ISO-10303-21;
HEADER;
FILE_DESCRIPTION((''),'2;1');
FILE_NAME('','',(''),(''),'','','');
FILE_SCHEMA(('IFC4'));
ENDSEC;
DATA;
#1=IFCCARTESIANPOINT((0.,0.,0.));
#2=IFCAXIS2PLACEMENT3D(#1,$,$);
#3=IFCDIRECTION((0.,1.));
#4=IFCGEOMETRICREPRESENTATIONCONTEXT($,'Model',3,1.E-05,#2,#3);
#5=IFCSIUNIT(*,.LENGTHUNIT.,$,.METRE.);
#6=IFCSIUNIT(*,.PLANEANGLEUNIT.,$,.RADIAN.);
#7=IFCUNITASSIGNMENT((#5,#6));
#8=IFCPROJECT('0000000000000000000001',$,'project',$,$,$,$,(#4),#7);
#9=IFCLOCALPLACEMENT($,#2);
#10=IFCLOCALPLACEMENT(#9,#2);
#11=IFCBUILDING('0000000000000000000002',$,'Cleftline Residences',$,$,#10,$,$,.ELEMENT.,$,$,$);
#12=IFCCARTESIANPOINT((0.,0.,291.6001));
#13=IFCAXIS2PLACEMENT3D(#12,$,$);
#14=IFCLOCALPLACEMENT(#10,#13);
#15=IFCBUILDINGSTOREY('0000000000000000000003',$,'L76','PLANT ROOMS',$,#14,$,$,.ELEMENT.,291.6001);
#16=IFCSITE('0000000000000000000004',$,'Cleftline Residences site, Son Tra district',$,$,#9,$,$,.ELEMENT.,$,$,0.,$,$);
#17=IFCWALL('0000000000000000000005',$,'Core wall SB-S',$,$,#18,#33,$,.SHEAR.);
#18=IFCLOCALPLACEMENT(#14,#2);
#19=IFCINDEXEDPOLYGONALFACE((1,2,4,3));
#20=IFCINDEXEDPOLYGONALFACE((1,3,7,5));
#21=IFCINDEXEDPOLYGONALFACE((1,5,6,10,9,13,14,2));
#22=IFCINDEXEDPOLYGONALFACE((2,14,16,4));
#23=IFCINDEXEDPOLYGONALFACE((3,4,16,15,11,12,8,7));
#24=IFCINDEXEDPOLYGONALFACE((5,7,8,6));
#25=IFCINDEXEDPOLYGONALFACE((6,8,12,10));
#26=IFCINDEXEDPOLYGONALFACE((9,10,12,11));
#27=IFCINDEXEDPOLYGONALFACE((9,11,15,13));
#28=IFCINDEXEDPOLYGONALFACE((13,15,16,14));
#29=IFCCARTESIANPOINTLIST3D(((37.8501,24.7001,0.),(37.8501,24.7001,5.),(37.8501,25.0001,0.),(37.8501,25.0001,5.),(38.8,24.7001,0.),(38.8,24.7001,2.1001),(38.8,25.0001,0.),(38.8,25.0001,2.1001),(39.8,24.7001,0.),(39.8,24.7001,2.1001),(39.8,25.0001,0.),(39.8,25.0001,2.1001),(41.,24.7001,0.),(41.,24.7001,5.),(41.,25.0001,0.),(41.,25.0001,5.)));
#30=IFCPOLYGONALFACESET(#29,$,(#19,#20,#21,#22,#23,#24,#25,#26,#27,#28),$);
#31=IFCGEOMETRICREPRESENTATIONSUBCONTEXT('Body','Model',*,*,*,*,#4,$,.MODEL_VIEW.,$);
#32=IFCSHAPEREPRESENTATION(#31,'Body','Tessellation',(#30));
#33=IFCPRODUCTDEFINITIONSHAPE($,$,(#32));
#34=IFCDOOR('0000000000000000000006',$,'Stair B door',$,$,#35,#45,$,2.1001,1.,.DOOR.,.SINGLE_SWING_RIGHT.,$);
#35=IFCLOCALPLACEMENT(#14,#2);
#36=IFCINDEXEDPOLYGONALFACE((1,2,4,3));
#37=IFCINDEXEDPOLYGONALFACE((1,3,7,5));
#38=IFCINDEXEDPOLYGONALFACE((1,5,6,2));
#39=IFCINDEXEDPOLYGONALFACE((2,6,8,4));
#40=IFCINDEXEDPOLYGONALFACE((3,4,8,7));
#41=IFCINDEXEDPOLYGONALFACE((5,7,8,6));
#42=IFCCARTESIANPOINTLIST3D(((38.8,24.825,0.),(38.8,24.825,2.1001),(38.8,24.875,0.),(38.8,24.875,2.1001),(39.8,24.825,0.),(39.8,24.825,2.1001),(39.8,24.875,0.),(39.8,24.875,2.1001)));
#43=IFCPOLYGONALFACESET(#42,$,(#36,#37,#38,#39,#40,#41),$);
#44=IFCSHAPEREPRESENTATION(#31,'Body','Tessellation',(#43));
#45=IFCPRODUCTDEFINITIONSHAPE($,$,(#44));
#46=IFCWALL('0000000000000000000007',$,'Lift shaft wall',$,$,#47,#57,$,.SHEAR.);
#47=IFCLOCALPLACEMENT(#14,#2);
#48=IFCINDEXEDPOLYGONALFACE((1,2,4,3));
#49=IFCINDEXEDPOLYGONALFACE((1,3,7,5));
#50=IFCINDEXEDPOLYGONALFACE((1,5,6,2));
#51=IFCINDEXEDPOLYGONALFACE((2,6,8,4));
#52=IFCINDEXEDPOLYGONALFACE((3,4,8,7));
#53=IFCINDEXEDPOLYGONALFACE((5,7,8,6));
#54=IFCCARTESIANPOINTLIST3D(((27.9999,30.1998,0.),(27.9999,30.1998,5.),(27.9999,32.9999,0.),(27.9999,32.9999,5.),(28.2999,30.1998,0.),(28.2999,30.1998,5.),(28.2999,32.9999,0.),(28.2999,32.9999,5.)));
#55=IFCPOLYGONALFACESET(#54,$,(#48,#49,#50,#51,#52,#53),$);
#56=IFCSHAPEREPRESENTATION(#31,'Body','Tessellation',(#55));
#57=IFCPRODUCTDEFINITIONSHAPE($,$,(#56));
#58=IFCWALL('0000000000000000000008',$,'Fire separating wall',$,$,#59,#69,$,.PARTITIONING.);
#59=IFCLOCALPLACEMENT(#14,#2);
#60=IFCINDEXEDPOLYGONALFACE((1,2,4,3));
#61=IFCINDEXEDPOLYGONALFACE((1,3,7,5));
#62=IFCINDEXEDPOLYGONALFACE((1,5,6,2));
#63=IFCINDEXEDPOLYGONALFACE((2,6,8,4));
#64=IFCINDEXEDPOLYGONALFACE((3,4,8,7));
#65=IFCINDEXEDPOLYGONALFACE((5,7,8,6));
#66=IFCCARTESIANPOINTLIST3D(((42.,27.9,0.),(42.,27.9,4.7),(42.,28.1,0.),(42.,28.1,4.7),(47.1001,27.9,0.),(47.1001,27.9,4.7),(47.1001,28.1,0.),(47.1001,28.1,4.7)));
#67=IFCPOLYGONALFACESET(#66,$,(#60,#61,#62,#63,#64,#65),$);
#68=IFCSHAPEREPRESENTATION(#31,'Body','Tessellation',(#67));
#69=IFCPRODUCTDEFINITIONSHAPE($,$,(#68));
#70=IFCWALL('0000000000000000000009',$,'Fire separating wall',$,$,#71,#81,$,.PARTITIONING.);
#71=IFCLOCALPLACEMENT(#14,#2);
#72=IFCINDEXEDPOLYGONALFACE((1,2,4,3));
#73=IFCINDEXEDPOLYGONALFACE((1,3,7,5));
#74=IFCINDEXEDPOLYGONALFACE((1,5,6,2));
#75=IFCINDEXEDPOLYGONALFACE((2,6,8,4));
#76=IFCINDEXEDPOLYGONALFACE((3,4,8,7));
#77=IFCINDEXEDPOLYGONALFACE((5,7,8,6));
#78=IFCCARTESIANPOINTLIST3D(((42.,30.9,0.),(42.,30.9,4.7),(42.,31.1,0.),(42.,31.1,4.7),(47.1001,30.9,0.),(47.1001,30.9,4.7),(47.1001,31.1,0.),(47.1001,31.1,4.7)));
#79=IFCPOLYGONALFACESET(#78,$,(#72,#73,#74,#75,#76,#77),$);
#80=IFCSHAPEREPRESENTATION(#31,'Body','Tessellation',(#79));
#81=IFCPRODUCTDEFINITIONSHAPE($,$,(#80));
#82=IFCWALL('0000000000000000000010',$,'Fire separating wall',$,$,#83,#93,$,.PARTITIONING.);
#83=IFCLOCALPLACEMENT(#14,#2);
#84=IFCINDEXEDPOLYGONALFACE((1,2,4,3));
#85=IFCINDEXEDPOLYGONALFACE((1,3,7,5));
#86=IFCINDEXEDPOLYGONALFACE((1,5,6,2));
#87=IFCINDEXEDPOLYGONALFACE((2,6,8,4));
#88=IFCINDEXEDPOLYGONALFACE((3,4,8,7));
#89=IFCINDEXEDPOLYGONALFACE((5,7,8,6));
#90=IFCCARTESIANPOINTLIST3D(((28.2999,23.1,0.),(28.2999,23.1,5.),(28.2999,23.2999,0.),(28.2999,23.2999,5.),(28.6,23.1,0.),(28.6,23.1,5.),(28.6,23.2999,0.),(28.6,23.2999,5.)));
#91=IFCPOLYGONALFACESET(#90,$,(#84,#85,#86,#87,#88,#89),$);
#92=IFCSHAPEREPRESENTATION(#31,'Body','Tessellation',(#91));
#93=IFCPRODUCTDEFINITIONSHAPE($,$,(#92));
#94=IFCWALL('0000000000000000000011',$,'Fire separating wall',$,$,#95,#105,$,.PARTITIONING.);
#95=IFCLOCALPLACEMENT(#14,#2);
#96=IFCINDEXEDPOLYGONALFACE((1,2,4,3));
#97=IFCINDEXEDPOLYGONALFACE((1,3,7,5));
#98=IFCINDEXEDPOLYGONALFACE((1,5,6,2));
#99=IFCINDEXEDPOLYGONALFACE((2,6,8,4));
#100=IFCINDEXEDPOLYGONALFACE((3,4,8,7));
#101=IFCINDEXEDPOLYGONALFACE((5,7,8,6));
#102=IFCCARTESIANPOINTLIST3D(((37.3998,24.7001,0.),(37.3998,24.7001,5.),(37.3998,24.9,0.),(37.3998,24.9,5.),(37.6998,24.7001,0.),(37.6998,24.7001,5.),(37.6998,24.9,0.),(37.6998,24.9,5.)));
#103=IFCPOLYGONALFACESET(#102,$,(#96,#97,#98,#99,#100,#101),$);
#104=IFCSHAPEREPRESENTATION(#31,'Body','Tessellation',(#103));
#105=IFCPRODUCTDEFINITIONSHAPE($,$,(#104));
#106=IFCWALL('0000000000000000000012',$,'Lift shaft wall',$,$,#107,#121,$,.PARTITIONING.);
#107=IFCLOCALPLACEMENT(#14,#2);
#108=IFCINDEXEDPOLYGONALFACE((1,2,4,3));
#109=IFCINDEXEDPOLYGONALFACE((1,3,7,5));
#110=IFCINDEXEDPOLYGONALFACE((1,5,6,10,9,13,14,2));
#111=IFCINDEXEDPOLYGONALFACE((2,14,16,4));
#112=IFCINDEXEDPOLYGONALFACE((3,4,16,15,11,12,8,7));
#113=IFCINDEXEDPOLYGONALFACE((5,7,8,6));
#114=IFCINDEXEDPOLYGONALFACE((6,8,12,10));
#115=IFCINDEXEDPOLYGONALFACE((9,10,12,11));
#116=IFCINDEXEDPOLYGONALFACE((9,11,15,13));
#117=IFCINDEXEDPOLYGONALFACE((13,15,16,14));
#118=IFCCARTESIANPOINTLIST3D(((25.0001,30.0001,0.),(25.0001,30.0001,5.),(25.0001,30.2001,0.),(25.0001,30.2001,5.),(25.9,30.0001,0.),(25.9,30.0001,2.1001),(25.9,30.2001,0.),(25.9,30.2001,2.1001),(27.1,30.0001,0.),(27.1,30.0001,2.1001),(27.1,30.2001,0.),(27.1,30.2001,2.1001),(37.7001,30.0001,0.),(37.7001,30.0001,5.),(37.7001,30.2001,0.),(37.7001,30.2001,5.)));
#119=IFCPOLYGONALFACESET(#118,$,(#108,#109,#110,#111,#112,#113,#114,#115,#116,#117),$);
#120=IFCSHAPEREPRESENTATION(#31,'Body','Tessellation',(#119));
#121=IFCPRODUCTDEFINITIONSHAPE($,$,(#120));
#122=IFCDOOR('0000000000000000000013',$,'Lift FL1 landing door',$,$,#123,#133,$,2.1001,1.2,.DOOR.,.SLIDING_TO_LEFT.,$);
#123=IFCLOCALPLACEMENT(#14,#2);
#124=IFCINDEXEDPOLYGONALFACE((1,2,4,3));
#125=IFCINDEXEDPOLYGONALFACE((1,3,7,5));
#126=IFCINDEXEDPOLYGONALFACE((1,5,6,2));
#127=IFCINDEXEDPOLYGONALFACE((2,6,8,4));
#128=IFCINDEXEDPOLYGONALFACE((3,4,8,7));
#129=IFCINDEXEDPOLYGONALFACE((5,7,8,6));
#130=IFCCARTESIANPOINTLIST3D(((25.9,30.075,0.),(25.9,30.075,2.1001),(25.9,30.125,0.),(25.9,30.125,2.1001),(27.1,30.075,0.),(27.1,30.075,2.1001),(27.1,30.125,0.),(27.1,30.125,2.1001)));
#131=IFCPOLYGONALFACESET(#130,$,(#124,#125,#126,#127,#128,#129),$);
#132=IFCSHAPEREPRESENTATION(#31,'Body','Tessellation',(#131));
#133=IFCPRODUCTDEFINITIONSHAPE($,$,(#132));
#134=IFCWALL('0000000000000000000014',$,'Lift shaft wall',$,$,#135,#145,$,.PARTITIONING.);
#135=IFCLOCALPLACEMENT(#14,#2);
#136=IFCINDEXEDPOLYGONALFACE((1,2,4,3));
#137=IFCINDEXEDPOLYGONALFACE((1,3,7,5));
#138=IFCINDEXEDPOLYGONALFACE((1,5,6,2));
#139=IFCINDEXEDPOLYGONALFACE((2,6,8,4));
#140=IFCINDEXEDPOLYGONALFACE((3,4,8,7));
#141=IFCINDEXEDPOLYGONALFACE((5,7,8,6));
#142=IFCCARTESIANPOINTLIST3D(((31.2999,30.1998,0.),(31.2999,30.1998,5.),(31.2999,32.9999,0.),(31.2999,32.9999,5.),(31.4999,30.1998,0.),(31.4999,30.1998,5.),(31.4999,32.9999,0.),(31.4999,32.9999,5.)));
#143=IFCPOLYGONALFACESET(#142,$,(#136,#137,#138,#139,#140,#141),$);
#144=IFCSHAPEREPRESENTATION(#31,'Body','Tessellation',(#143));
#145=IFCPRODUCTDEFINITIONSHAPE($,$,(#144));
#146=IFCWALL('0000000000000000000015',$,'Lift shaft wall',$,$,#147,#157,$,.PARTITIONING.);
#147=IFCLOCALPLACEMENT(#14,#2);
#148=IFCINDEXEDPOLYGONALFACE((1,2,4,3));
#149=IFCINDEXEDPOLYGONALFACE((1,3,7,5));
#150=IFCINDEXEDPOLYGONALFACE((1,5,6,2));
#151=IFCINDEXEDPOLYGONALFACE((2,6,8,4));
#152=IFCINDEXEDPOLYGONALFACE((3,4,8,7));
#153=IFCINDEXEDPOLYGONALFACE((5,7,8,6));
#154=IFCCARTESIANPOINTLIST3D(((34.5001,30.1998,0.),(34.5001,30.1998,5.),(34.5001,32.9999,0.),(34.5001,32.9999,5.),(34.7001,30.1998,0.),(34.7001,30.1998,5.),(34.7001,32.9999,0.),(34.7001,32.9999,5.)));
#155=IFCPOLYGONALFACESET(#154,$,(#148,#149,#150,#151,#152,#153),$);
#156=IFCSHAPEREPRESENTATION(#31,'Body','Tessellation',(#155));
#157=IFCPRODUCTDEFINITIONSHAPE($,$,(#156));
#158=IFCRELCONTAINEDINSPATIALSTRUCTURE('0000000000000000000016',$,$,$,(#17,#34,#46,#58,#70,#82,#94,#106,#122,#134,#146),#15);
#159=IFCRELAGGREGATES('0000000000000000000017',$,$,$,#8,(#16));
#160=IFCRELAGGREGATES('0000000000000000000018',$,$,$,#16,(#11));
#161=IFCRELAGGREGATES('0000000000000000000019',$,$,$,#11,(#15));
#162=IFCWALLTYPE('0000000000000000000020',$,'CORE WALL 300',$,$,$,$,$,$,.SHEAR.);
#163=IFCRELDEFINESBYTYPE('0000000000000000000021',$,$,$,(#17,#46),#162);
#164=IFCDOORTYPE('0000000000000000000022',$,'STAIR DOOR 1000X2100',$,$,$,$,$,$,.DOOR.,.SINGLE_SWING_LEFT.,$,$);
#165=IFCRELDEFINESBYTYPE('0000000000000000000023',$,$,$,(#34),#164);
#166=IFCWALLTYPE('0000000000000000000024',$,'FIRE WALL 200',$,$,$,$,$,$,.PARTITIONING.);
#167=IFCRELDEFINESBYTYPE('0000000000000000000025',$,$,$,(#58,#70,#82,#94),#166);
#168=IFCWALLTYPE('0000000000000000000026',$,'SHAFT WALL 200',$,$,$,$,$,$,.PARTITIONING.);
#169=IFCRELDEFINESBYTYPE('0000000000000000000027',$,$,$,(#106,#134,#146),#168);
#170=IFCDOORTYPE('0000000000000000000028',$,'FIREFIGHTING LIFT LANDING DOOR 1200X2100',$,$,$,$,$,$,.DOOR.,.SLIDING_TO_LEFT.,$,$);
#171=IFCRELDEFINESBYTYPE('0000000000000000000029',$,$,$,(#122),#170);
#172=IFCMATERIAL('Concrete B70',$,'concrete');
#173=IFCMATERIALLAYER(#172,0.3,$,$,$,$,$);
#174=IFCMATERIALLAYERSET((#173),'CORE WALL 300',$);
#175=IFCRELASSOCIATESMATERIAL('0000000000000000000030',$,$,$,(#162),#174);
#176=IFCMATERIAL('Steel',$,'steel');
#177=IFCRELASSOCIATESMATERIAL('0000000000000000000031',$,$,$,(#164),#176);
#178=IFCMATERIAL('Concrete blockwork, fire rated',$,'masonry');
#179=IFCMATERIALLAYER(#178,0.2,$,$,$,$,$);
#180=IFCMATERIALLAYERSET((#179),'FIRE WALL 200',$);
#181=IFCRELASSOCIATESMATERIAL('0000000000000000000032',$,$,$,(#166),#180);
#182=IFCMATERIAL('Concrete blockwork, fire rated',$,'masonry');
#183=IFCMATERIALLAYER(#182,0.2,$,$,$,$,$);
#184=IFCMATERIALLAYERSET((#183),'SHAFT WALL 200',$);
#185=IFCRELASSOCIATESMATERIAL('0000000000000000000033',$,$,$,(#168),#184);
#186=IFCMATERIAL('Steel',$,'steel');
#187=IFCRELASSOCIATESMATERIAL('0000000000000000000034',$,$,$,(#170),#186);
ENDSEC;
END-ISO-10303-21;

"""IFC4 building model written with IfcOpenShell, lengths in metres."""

from ifc_helpers import new_model, si_unit, direction, frame, frame_2d, origin, place, context, subcontext, project, spatial, rectangle, extrude, material, layer, layer_set, type_object, element, fill, save


model = new_model("IFC4")

# Units and contexts
model_context = context("Model", 3, precision=1e-05, world=origin(), true_north=direction((0.0, 1.0)))
body_context = subcontext(model_context, "Body", "Model", "MODEL_VIEW")
ifc_project = project(units=[si_unit("LENGTHUNIT", "METRE"), si_unit("PLANEANGLEUNIT", "RADIAN")], contexts=[model_context])

# Site, building, storey
site_placement = place(None, origin())
site = spatial("IfcSite", under=ifc_project, at=site_placement, Name="Cleftline Residences site, Son Tra district", CompositionType="ELEMENT", RefElevation=0.0)
building_placement = place(site_placement, origin())
building = spatial("IfcBuilding", under=site, at=building_placement, Name="Cleftline Residences", CompositionType="ELEMENT")
storey_placement = place(building_placement, frame((0.0, 0.0, 291.6001)))
storey = spatial("IfcBuildingStorey", under=building, at=storey_placement, Name="L76", Description="PLANT ROOMS", CompositionType="ELEMENT", Elevation=291.6001)

# Shared definitions
ifc_material_1 = material(Name="Concrete B70", Category="concrete")
ifc_layer_1 = layer(ifc_material_1, 0.3)
ifc_layer_set_1 = layer_set([ifc_layer_1], Name="CORE WALL 300")
wall_type_1 = type_object("IfcWallType", Name="CORE WALL 300", PredefinedType="SHEAR", material=ifc_layer_set_1)
ifc_material_2 = material(Name="Steel", Category="steel")
door_type_1 = type_object("IfcDoorType", Name="STAIR DOOR 1000X2100", OperationType="SINGLE_SWING_LEFT", PredefinedType="DOOR", material=ifc_material_2)

# Wall, opening, door
wall_1_placement = place(storey_placement, frame((37.8501, 24.8501, 0.0), z_axis=(0.0, 0.0, 1.0), x_axis=(1.0, 0.0, 0.0)))
wall_1 = element("IfcWall", 1, at=wall_1_placement, inside=storey, type_object=wall_type_1, Name="Core wall SB-S", PredefinedType="SHEAR", context=body_context, shape_type="SweptSolid", body=[
    extrude(rectangle(XDim=3.1499, YDim=0.3, at=frame_2d((1.575, 0.0))), origin(), (0.0, 0.0, 1.0), 5.0),
])
opening_1_placement = place(wall_1_placement, frame((0.95, 0.0, 0.0)))
opening_1 = element("IfcOpeningElement", 2, at=opening_1_placement, cuts=wall_1, PredefinedType="OPENING", context=body_context, shape_type="SweptSolid", body=[
    extrude(rectangle(XDim=1.0, YDim=2.1001, at=frame_2d((0.5, 1.05))), frame((0.0, 0.1599, 0.0), z_axis=(0.0, -1.0, 0.0), x_axis=(1.0, 0.0, 0.0)), (0.0, 0.0, 1.0), 0.3201),
])
door_1_placement = place(opening_1_placement, origin())
door_1 = element("IfcDoor", 3, at=door_1_placement, inside=storey, type_object=door_type_1, Name="Stair B door", OperationType="SINGLE_SWING_RIGHT", OverallHeight=2.1001, OverallWidth=1.0, PredefinedType="DOOR", context=body_context, shape_type="SweptSolid", body=[
    extrude(rectangle(XDim=1.0, YDim=2.1001, at=frame_2d((0.5, 1.05))), frame((0.0, 0.0249, 0.0), z_axis=(0.0, -1.0, 0.0), x_axis=(1.0, 0.0, 0.0)), (0.0, 0.0, 1.0), 0.05),
])
fill(opening_1, door_1)

# Walls
wall_2_placement = place(storey_placement, frame((28.1499, 30.2, 0.0), z_axis=(0.0, 0.0, 1.0), x_axis=(0.0, 1.0, 0.0)))
element("IfcWall", 4, at=wall_2_placement, inside=storey, type_object=wall_type_1, Name="Lift shaft wall", PredefinedType="SHEAR", context=body_context, shape_type="SweptSolid", body=[
    extrude(rectangle(XDim=2.8, YDim=0.3, at=frame_2d((1.3999, 0.0))), origin(), (0.0, 0.0, 1.0), 5.0),
])
ifc_material_3 = material(Name="Concrete blockwork, fire rated", Category="masonry")
ifc_layer_2 = layer(ifc_material_3, 0.2)
ifc_layer_set_2 = layer_set([ifc_layer_2], Name="FIRE WALL 200")
wall_type_2 = type_object("IfcWallType", Name="FIRE WALL 200", PredefinedType="PARTITIONING", material=ifc_layer_set_2)
for number, where, z_axis, x_axis, name in (
    (5, (42.0, 28.0, 0.0), (0.0, 0.0, 1.0), (1.0, 0.0, 0.0), "Fire separating wall"),
    (6, (42.0, 31.0, 0.0), (0.0, 0.0, 1.0), (1.0, 0.0, 0.0), "Fire separating wall"),
):
    element("IfcWall", number, at=place(storey_placement, frame(where, z_axis=z_axis, x_axis=x_axis)), inside=storey, type_object=wall_type_2, Name=name, PredefinedType="PARTITIONING", context=body_context, shape_type="SweptSolid", body=[
        extrude(rectangle(XDim=5.1001, YDim=0.2, at=frame_2d((2.55, 0.0))), origin(), (0.0, 0.0, 1.0), 4.7),
    ])
for number, where, z_axis, x_axis, name in (
    (7, (28.3, 23.2, 0.0), (0.0, 0.0, 1.0), (1.0, 0.0, 0.0), "Fire separating wall"),
    (8, (37.3999, 24.8, 0.0), (0.0, 0.0, 1.0), (1.0, 0.0, 0.0), "Fire separating wall"),
):
    element("IfcWall", number, at=place(storey_placement, frame(where, z_axis=z_axis, x_axis=x_axis)), inside=storey, type_object=wall_type_2, Name=name, PredefinedType="PARTITIONING", context=body_context, shape_type="SweptSolid", body=[
        extrude(rectangle(XDim=0.3, YDim=0.2, at=frame_2d((0.1499, 0.0))), origin(), (0.0, 0.0, 1.0), 5.0),
    ])

# Wall, opening, door
ifc_material_4 = material(Name="Concrete blockwork, fire rated", Category="masonry")
ifc_layer_3 = layer(ifc_material_4, 0.2)
ifc_layer_set_3 = layer_set([ifc_layer_3], Name="SHAFT WALL 200")
wall_type_3 = type_object("IfcWallType", Name="SHAFT WALL 200", PredefinedType="PARTITIONING", material=ifc_layer_set_3)
wall_3_placement = place(storey_placement, frame((25.0, 30.1001, 0.0), z_axis=(0.0, 0.0, 1.0), x_axis=(1.0, 0.0, 0.0)))
wall_3 = element("IfcWall", 9, at=wall_3_placement, inside=storey, type_object=wall_type_3, Name="Lift shaft wall", PredefinedType="PARTITIONING", context=body_context, shape_type="SweptSolid", body=[
    extrude(rectangle(XDim=12.7, YDim=0.2, at=frame_2d((6.3501, 0.0))), origin(), (0.0, 0.0, 1.0), 5.0),
])
opening_2_placement = place(wall_3_placement, frame((0.8999, 0.0, 0.0)))
opening_2 = element("IfcOpeningElement", 10, at=opening_2_placement, cuts=wall_3, PredefinedType="OPENING", context=body_context, shape_type="SweptSolid", body=[
    extrude(rectangle(XDim=1.2, YDim=2.1001, at=frame_2d((0.6001, 1.05))), frame((0.0, 0.1099, 0.0), z_axis=(0.0, -1.0, 0.0), x_axis=(1.0, 0.0, 0.0)), (0.0, 0.0, 1.0), 0.22),
])
ifc_material_5 = material(Name="Steel", Category="steel")
door_type_2 = type_object("IfcDoorType", Name="FIREFIGHTING LIFT LANDING DOOR 1200X2100", OperationType="SLIDING_TO_LEFT", PredefinedType="DOOR", material=ifc_material_5)
door_2_placement = place(opening_2_placement, origin())
door_2 = element("IfcDoor", 11, at=door_2_placement, inside=storey, type_object=door_type_2, Name="Lift FL1 landing door", OperationType="SLIDING_TO_LEFT", OverallHeight=2.1001, OverallWidth=1.2, PredefinedType="DOOR", context=body_context, shape_type="SweptSolid", body=[
    extrude(rectangle(XDim=1.2, YDim=2.1001, at=frame_2d((0.6001, 1.05))), frame((0.0, 0.0249, 0.0), z_axis=(0.0, -1.0, 0.0), x_axis=(1.0, 0.0, 0.0)), (0.0, 0.0, 1.0), 0.05),
])
fill(opening_2, door_2)

# Walls
for number, where, z_axis, x_axis, name in (
    (12, (31.3999, 30.2, 0.0), (0.0, 0.0, 1.0), (0.0, 1.0, 0.0), "Lift shaft wall"),
    (13, (34.6001, 30.2, 0.0), (0.0, 0.0, 1.0), (0.0, 1.0, 0.0), "Lift shaft wall"),
):
    element("IfcWall", number, at=place(storey_placement, frame(where, z_axis=z_axis, x_axis=x_axis)), inside=storey, type_object=wall_type_3, Name=name, PredefinedType="PARTITIONING", context=body_context, shape_type="SweptSolid", body=[
        extrude(rectangle(XDim=2.8, YDim=0.2, at=frame_2d((1.3999, 0.0))), origin(), (0.0, 0.0, 1.0), 5.0),
    ])

save(model, "model.ifc")
